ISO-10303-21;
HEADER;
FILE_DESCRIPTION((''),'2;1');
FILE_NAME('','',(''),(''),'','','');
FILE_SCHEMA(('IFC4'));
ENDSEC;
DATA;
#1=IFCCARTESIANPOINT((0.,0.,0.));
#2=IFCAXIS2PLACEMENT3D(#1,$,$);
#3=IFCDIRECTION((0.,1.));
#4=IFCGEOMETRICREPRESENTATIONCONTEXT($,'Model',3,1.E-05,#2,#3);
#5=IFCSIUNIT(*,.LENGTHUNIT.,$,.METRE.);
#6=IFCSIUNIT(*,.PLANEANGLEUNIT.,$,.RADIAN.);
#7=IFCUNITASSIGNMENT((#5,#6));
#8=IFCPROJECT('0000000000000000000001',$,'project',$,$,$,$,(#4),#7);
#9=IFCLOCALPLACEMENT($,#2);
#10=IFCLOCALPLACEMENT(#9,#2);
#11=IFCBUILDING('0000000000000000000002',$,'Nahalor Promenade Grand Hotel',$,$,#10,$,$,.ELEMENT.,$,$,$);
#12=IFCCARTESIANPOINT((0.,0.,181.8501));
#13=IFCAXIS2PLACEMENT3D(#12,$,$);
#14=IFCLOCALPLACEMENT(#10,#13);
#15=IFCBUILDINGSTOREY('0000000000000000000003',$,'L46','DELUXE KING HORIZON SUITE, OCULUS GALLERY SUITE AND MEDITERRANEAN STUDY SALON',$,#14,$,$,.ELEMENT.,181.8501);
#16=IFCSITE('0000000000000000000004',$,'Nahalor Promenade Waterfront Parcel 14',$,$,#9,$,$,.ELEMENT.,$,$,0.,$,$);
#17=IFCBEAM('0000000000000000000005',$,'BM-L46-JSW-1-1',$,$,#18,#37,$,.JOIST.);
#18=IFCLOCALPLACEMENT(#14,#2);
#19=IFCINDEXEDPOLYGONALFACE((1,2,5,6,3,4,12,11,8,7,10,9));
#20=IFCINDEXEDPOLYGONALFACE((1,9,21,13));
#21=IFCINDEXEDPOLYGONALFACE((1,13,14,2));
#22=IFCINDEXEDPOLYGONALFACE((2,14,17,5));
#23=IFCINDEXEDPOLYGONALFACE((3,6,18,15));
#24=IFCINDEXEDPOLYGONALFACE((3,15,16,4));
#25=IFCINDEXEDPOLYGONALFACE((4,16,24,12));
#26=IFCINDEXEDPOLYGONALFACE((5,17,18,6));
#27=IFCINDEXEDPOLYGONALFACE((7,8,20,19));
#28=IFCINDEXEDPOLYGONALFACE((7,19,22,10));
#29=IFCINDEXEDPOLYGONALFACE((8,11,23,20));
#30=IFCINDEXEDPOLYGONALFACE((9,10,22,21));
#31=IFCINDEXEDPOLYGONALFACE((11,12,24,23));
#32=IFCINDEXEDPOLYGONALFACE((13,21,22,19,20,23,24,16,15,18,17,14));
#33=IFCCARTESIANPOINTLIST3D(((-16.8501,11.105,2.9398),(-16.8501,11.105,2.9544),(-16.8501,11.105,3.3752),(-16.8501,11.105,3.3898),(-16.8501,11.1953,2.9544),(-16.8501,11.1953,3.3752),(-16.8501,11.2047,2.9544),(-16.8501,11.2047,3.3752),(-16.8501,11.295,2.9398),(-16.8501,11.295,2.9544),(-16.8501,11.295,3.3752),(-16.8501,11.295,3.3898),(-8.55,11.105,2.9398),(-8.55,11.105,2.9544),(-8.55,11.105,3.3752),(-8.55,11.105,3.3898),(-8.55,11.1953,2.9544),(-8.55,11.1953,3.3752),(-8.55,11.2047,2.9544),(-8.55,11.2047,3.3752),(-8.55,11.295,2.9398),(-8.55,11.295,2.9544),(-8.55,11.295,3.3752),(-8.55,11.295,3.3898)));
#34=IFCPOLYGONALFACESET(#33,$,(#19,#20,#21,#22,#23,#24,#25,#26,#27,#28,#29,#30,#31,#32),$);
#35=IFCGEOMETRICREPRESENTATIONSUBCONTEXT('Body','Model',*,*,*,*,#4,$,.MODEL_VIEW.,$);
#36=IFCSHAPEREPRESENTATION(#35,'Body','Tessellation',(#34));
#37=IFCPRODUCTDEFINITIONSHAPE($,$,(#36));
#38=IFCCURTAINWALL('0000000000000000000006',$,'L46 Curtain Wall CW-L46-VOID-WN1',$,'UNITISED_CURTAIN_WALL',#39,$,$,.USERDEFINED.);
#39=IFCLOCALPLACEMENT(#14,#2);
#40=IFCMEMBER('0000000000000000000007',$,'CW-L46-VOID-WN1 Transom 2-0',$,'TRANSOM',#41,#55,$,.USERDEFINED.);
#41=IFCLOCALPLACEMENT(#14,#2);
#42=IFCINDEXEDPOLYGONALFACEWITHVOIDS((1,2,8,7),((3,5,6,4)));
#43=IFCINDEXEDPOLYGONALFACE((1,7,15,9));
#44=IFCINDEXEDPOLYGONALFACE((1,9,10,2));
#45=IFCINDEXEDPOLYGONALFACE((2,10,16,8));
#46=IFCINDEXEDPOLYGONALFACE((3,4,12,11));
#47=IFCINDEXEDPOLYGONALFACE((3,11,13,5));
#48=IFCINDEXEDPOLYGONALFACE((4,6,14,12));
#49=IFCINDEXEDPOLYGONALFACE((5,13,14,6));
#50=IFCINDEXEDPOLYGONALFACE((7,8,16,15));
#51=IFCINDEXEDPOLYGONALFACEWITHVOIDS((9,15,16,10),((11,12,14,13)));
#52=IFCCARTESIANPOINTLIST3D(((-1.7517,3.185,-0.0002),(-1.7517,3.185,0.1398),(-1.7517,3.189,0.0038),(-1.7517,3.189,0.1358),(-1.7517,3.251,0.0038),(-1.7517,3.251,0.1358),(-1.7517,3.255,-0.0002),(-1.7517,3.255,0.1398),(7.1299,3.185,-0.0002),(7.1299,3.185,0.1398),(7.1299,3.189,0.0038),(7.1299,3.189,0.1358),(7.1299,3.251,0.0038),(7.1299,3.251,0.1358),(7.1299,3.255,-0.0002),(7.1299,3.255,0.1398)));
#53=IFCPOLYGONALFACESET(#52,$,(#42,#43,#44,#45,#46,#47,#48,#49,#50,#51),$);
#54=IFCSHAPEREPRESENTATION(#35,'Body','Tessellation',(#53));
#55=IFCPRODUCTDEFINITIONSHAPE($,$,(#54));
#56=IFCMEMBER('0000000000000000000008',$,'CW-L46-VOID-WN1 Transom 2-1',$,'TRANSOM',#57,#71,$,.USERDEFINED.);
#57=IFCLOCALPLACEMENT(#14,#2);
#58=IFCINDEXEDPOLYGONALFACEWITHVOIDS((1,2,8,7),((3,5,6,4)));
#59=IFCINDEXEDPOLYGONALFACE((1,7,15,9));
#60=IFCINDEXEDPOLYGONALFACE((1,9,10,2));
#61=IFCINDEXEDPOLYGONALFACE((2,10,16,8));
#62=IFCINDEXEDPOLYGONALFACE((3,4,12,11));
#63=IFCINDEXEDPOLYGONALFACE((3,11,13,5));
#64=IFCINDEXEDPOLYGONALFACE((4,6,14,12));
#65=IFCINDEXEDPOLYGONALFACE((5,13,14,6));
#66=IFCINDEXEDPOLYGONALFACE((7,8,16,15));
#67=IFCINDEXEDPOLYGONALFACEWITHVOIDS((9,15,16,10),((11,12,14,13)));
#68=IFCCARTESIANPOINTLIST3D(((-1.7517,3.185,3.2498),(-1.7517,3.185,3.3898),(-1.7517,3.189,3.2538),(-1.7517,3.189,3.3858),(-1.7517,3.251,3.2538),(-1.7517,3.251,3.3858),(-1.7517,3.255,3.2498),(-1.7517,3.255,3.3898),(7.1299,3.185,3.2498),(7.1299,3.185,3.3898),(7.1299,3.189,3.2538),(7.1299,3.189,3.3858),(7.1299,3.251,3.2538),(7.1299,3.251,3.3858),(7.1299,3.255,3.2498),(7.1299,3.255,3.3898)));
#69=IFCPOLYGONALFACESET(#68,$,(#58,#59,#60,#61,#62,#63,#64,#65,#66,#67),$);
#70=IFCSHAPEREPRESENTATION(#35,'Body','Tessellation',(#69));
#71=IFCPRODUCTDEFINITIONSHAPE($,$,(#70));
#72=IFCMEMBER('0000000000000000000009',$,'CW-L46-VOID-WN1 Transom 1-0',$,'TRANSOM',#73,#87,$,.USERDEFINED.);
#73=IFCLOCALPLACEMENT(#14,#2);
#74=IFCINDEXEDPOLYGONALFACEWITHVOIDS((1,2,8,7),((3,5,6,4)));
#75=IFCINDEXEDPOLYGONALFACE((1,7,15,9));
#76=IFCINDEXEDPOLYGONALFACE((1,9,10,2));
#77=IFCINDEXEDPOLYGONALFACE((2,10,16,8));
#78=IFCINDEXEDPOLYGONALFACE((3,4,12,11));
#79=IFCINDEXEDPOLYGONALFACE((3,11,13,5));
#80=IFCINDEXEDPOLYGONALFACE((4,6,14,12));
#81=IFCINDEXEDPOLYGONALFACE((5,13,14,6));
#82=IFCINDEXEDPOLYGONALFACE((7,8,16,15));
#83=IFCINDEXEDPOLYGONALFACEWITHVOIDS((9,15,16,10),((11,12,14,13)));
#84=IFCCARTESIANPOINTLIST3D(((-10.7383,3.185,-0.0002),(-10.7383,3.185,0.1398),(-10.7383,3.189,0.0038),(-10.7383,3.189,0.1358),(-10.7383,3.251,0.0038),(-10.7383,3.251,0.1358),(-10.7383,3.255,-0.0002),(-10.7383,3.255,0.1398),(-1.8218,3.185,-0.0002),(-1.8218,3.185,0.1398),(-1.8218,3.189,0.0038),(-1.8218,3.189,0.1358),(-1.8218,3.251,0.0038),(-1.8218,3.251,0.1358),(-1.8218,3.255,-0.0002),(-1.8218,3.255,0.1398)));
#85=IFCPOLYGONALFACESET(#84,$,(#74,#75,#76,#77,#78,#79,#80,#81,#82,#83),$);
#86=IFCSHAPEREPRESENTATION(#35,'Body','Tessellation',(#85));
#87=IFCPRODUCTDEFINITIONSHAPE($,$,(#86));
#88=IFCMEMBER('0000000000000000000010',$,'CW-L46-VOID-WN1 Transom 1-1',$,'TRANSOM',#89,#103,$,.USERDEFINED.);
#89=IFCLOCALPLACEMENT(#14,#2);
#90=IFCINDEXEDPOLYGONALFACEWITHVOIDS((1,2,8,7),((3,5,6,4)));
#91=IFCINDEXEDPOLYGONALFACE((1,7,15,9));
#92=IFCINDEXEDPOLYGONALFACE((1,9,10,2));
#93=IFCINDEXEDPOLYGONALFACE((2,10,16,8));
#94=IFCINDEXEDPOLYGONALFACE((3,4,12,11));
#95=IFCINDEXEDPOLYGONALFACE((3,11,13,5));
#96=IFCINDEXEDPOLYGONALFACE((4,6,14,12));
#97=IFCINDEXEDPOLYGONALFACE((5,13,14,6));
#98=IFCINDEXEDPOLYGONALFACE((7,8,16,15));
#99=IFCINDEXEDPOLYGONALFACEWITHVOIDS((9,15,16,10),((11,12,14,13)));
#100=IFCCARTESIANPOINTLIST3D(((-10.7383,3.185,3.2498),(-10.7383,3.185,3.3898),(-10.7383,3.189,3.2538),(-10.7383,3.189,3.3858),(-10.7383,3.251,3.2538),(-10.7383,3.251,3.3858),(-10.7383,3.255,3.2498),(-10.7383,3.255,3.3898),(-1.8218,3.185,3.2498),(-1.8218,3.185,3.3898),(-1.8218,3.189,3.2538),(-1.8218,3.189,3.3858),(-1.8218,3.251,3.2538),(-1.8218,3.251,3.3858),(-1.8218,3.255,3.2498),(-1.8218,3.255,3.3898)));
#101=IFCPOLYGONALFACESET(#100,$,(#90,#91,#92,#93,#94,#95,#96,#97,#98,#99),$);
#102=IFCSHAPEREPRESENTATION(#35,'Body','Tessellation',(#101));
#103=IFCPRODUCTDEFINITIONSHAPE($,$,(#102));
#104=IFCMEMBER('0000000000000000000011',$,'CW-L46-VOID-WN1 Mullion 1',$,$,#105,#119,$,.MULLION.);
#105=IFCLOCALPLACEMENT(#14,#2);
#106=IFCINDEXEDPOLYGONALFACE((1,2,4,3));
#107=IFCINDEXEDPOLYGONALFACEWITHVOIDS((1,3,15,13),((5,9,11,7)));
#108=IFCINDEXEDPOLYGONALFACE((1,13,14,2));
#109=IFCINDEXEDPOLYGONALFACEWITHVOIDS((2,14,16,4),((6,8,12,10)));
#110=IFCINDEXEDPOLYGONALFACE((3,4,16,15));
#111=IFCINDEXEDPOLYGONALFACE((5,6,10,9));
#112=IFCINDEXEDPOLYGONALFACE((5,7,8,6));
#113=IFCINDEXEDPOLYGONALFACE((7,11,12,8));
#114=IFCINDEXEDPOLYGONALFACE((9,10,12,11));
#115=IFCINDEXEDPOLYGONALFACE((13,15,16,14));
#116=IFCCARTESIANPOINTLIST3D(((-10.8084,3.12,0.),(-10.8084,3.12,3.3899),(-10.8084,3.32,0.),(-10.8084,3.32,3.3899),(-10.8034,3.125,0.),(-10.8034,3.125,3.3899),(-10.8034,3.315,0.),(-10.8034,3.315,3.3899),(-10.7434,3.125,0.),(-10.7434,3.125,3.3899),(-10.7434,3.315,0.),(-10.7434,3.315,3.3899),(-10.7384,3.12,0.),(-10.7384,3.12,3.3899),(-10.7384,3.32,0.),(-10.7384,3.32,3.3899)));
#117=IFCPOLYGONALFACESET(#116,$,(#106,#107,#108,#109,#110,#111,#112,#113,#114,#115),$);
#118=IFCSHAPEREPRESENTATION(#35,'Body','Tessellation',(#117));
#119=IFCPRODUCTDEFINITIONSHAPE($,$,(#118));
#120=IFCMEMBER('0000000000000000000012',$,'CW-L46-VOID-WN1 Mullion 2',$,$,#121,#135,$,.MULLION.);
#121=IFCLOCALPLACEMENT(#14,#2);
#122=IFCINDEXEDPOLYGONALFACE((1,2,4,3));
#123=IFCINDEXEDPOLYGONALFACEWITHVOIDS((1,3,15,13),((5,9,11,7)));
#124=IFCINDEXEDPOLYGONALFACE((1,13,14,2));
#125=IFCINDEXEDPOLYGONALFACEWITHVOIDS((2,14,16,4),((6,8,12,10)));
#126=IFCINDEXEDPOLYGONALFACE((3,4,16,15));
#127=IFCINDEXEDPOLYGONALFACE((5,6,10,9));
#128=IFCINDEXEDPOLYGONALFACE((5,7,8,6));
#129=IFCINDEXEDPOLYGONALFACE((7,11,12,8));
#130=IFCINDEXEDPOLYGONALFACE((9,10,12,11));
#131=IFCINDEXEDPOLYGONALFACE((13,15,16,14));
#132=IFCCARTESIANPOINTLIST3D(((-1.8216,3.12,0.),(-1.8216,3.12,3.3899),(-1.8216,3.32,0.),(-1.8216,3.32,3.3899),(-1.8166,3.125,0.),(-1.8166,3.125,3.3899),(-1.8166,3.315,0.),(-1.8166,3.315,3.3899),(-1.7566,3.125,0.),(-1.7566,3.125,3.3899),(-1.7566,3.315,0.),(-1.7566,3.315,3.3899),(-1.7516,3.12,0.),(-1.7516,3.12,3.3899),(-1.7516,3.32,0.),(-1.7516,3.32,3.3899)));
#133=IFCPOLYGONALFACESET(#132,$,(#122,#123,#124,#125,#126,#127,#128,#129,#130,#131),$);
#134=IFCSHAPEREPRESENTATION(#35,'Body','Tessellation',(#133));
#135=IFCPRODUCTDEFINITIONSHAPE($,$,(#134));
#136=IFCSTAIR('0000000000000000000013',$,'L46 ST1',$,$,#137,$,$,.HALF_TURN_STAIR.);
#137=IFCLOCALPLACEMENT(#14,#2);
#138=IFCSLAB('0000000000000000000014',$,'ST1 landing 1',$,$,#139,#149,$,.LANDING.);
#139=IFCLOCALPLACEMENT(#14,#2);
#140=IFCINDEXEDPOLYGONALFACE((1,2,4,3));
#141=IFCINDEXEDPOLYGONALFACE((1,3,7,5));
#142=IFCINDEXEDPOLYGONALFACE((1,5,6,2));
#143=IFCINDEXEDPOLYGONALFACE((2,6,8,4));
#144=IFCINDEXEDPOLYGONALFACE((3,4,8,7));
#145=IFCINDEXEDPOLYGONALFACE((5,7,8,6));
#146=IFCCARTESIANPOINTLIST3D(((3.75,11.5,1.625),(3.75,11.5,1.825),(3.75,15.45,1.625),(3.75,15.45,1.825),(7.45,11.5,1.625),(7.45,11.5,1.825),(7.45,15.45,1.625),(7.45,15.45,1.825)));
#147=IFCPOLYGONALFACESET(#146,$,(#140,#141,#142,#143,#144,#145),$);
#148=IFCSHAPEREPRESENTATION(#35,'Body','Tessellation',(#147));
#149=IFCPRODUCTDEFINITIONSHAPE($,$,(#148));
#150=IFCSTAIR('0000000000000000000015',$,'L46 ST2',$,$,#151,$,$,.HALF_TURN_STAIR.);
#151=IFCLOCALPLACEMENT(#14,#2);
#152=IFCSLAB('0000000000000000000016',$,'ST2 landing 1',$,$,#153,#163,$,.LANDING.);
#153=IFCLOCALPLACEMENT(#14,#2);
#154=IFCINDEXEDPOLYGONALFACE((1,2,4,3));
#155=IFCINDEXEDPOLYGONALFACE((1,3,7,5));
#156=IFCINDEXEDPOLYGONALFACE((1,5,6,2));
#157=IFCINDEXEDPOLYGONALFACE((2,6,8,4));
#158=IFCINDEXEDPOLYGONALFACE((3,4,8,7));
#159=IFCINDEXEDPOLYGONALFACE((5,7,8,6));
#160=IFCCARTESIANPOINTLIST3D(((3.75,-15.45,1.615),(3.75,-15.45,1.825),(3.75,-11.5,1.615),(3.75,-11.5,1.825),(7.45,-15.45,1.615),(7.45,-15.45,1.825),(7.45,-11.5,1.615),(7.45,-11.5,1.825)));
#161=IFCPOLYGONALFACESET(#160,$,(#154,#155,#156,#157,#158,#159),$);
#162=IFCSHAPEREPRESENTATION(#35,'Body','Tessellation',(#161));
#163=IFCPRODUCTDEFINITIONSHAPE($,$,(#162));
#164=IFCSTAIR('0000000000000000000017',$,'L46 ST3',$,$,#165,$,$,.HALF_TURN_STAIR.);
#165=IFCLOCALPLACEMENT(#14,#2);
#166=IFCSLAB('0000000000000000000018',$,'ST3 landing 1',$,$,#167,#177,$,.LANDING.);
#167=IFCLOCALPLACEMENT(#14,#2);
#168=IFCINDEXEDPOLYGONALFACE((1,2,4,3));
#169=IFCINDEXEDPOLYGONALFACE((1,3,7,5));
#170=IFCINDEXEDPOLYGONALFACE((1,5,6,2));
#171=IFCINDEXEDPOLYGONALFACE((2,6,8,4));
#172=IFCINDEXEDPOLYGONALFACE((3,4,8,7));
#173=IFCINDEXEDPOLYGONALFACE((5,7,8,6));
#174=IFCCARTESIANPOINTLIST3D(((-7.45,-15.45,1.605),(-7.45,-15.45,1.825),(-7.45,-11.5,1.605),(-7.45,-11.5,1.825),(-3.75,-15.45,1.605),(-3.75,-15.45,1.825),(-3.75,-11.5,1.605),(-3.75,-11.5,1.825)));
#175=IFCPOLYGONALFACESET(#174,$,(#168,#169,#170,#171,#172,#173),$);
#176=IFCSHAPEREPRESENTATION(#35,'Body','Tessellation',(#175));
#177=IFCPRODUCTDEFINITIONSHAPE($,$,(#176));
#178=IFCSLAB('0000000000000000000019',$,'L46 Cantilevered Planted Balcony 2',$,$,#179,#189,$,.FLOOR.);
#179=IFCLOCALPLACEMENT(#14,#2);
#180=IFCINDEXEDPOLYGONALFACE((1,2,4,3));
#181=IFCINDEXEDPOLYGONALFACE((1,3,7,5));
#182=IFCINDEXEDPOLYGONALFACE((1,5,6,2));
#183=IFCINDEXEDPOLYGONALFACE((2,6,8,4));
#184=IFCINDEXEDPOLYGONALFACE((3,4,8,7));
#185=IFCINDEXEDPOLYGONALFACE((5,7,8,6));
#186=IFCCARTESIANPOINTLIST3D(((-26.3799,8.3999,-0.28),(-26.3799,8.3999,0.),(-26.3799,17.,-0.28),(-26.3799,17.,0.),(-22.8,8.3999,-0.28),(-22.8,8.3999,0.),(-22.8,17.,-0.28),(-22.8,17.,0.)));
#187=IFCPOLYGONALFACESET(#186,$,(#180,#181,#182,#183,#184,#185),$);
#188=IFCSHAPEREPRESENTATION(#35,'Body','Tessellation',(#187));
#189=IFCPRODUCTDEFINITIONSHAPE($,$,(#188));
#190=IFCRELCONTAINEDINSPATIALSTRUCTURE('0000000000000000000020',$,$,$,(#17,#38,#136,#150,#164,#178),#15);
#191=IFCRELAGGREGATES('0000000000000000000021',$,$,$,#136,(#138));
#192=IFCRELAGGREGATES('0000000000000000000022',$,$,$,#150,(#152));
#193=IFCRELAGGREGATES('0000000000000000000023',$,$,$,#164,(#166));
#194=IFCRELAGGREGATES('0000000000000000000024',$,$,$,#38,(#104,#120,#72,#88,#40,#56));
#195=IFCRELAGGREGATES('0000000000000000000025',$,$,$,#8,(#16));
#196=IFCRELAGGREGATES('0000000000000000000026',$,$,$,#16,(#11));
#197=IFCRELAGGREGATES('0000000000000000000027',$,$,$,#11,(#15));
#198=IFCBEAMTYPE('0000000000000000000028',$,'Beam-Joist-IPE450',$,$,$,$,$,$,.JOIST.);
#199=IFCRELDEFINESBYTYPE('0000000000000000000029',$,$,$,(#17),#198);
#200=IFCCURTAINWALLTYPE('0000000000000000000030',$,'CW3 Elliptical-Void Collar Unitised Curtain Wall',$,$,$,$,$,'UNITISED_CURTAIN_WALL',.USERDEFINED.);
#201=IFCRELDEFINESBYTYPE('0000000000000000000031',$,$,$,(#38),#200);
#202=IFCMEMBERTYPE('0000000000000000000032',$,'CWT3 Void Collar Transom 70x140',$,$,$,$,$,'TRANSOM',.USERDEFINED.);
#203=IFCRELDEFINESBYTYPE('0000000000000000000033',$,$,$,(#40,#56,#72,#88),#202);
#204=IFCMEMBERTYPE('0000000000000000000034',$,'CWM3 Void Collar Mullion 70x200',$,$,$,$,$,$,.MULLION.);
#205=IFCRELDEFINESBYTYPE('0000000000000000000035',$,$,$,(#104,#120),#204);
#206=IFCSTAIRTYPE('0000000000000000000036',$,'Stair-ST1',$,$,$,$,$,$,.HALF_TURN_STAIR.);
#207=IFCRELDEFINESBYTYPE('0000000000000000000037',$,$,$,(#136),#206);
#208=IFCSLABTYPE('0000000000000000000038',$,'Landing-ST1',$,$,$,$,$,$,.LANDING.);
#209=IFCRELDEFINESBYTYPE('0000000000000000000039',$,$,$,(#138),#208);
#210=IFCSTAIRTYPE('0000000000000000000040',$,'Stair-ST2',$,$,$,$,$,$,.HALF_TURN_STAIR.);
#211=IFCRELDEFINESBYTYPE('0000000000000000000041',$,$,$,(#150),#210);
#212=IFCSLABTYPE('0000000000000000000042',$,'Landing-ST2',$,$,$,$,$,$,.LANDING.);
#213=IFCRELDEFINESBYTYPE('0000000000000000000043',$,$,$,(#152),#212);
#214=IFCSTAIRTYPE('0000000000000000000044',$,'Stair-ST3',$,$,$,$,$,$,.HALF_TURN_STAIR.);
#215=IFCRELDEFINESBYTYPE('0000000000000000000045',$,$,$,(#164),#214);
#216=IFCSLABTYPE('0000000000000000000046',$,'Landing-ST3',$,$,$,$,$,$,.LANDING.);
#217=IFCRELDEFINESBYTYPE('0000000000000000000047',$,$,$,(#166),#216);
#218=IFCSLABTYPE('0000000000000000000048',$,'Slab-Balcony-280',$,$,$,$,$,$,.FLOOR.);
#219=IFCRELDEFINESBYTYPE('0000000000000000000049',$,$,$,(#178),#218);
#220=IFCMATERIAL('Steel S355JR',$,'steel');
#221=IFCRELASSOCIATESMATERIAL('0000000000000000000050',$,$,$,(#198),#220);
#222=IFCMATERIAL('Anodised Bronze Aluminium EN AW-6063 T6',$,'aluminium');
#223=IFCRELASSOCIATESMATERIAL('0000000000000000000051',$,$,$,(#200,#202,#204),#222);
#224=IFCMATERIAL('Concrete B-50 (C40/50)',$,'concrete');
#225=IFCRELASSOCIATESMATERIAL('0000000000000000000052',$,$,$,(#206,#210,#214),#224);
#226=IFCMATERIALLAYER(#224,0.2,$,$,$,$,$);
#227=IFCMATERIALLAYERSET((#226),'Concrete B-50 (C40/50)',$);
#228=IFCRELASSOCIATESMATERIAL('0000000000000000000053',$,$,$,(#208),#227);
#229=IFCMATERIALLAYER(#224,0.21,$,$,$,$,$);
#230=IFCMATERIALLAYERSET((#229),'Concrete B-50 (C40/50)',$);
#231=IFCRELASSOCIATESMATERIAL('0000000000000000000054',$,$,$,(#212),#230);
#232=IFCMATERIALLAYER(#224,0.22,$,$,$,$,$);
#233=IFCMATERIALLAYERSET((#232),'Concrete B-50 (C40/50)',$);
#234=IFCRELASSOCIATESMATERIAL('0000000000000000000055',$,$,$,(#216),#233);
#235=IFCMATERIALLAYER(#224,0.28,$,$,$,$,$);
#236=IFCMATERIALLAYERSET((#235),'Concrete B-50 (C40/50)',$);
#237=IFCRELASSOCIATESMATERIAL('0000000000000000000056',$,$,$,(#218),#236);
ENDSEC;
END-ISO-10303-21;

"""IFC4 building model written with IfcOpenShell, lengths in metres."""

from ifc_helpers import new_model, si_unit, direction, frame, origin, origin_2d, place, context, subcontext, project, spatial, polyline, hollow_rectangle, i_section, outline, extrude, source, transform, mapped, material, layer, layer_set, material_profile, profile_set, type_object, element, aggregate, save


model = new_model("IFC4")

# Units and contexts
model_context = context("Model", 3, precision=1e-05, world=origin(), true_north=direction((0.0, 1.0)))
body_context = subcontext(model_context, "Body", "Model", "MODEL_VIEW")
ifc_project = project(units=[si_unit("LENGTHUNIT", "METRE"), si_unit("PLANEANGLEUNIT", "RADIAN")], contexts=[model_context])

# Site, building, storey
site_placement = place(None, origin())
site = spatial("IfcSite", under=ifc_project, at=site_placement, Name="Nahalor Promenade Waterfront Parcel 14", CompositionType="ELEMENT", RefElevation=0.0)
building_placement = place(site_placement, origin())
building = spatial("IfcBuilding", under=site, at=building_placement, Name="Nahalor Promenade Grand Hotel", CompositionType="ELEMENT")
storey_placement = place(building_placement, frame((0.0, 0.0, 181.8501)))
storey = spatial("IfcBuildingStorey", under=building, at=storey_placement, Name="L46", Description="DELUXE KING HORIZON SUITE, OCULUS GALLERY SUITE AND MEDITERRANEAN STUDY SALON", CompositionType="ELEMENT", Elevation=181.8501)

# Beam
ifc_material_1 = material(Name="Steel S355JR", Category="steel")
ifc_material_profile_1 = material_profile(ifc_material_1, i_section(OverallWidth=0.19, OverallDepth=0.45, WebThickness=0.0094, FlangeThickness=0.0146, at=origin_2d()), Name="IPE 450")
ifc_profile_set_1 = profile_set([ifc_material_profile_1], Name="Steel S355JR")
beam_type_1 = type_object("IfcBeamType", Name="Beam-Joist-IPE450", PredefinedType="JOIST", material=ifc_profile_set_1)
shared_shape_1 = source(origin(), body_context, "Body", "SweptSolid", [
    extrude(i_section(OverallWidth=0.19, OverallDepth=0.45, WebThickness=0.0094, FlangeThickness=0.0146, at=origin_2d()), origin(), (0.0, 0.0, 1.0), 8.3),
])
beam_1_placement = place(storey_placement, frame((-16.8501, 11.2, 3.1648), z_axis=(1.0, 0.0, 0.0), x_axis=(0.0, 1.0, 0.0)))
element("IfcBeam", 1, at=beam_1_placement, inside=storey, type_object=beam_type_1, Name="BM-L46-JSW-1-1", PredefinedType="JOIST", context=body_context, shape_type="MappedRepresentation", body=[
    mapped(shared_shape_1, transform((0.0, 0.0, 0.0), scale=1.0)),
])

# Curtain wall, members
ifc_material_2 = material(Name="Anodised Bronze Aluminium EN AW-6063 T6", Category="aluminium")
curtain_wall_type = type_object("IfcCurtainWallType", Name="CW3 Elliptical-Void Collar Unitised Curtain Wall", ElementType="UNITISED_CURTAIN_WALL", PredefinedType="USERDEFINED", material=ifc_material_2)
curtain_wall_placement = place(storey_placement, origin())
curtain_wall = element("IfcCurtainWall", 2, at=curtain_wall_placement, inside=storey, type_object=curtain_wall_type, Name="L46 Curtain Wall CW-L46-VOID-WN1", ObjectType="UNITISED_CURTAIN_WALL", PredefinedType="USERDEFINED")
ifc_material_profile_2 = material_profile(ifc_material_2, hollow_rectangle(XDim=0.07, YDim=0.14, WallThickness=0.004, at=origin_2d()), Name="CWT 70x140x4")
ifc_profile_set_2 = profile_set([ifc_material_profile_2], Name="Anodised Bronze Aluminium EN AW-6063 T6")
member_type_1 = type_object("IfcMemberType", Name="CWT3 Void Collar Transom 70x140", ElementType="TRANSOM", PredefinedType="USERDEFINED", material=ifc_profile_set_2)
shared_shape_2 = source(origin(), body_context, "Body", "SweptSolid", [
    extrude(hollow_rectangle(XDim=0.07, YDim=0.14, WallThickness=0.004, at=origin_2d()), origin(), (0.0, 0.0, 1.0), 8.8816),
])
member_1_placement = place(storey_placement, frame((-1.7517, 3.22, 0.0698), z_axis=(1.0, 0.0, 0.0), x_axis=(0.0, 1.0, 0.0)))
member_1 = element("IfcMember", 3, at=member_1_placement, type_object=member_type_1, Name="CW-L46-VOID-WN1 Transom 2-0", ObjectType="TRANSOM", PredefinedType="USERDEFINED", context=body_context, shape_type="MappedRepresentation", body=[
    mapped(shared_shape_2, transform((0.0, 0.0, 0.0), scale=1.0)),
])
member_2_placement = place(storey_placement, frame((-1.7517, 3.22, 3.3198), z_axis=(1.0, 0.0, 0.0), x_axis=(0.0, 1.0, 0.0)))
member_2 = element("IfcMember", 4, at=member_2_placement, type_object=member_type_1, Name="CW-L46-VOID-WN1 Transom 2-1", ObjectType="TRANSOM", PredefinedType="USERDEFINED", context=body_context, shape_type="MappedRepresentation", body=[
    mapped(shared_shape_2, transform((0.0, 0.0, 0.0), scale=1.0)),
])
shared_shape_3 = source(origin(), body_context, "Body", "SweptSolid", [
    extrude(hollow_rectangle(XDim=0.07, YDim=0.14, WallThickness=0.004, at=origin_2d()), origin(), (0.0, 0.0, 1.0), 8.9165),
])
member_3_placement = place(storey_placement, frame((-10.7383, 3.22, 0.0698), z_axis=(1.0, 0.0, 0.0), x_axis=(0.0, 1.0, 0.0)))
member_3 = element("IfcMember", 5, at=member_3_placement, type_object=member_type_1, Name="CW-L46-VOID-WN1 Transom 1-0", ObjectType="TRANSOM", PredefinedType="USERDEFINED", context=body_context, shape_type="MappedRepresentation", body=[
    mapped(shared_shape_3, transform((0.0, 0.0, 0.0), scale=1.0)),
])
member_4_placement = place(storey_placement, frame((-10.7383, 3.22, 3.3198), z_axis=(1.0, 0.0, 0.0), x_axis=(0.0, 1.0, 0.0)))
member_4 = element("IfcMember", 6, at=member_4_placement, type_object=member_type_1, Name="CW-L46-VOID-WN1 Transom 1-1", ObjectType="TRANSOM", PredefinedType="USERDEFINED", context=body_context, shape_type="MappedRepresentation", body=[
    mapped(shared_shape_3, transform((0.0, 0.0, 0.0), scale=1.0)),
])
ifc_material_profile_3 = material_profile(ifc_material_2, hollow_rectangle(XDim=0.07, YDim=0.2, WallThickness=0.005, at=origin_2d()), Name="CWM 70x200x5")
ifc_profile_set_3 = profile_set([ifc_material_profile_3], Name="Anodised Bronze Aluminium EN AW-6063 T6")
member_type_2 = type_object("IfcMemberType", Name="CWM3 Void Collar Mullion 70x200", PredefinedType="MULLION", material=ifc_profile_set_3)
shared_shape_4 = source(origin(), body_context, "Body", "SweptSolid", [
    extrude(hollow_rectangle(XDim=0.07, YDim=0.2, WallThickness=0.005, at=origin_2d()), origin(), (0.0, 0.0, 1.0), 3.3899),
])
member_5_placement = place(storey_placement, frame((-10.7734, 3.22, 0.0), z_axis=(0.0, 0.0, 1.0), x_axis=(1.0, 0.0, 0.0)))
member_5 = element("IfcMember", 7, at=member_5_placement, type_object=member_type_2, Name="CW-L46-VOID-WN1 Mullion 1", PredefinedType="MULLION", context=body_context, shape_type="MappedRepresentation", body=[
    mapped(shared_shape_4, transform((0.0, 0.0, 0.0), scale=1.0)),
])
member_6_placement = place(storey_placement, frame((-1.7866, 3.22, 0.0), z_axis=(0.0, 0.0, 1.0), x_axis=(1.0, 0.0, 0.0)))
member_6 = element("IfcMember", 8, at=member_6_placement, type_object=member_type_2, Name="CW-L46-VOID-WN1 Mullion 2", PredefinedType="MULLION", context=body_context, shape_type="MappedRepresentation", body=[
    mapped(shared_shape_4, transform((0.0, 0.0, 0.0), scale=1.0)),
])

# Stairs, slabs
ifc_material_3 = material(Name="Concrete B-50 (C40/50)", Category="concrete")
stair_type_1 = type_object("IfcStairType", Name="Stair-ST1", PredefinedType="HALF_TURN_STAIR", material=ifc_material_3)
stair_1_placement = place(storey_placement, origin())
stair_1 = element("IfcStair", 9, at=stair_1_placement, inside=storey, type_object=stair_type_1, Name="L46 ST1", PredefinedType="HALF_TURN_STAIR")
ifc_layer_1 = layer(ifc_material_3, 0.2)
ifc_layer_set_1 = layer_set([ifc_layer_1], Name="Concrete B-50 (C40/50)")
slab_type_1 = type_object("IfcSlabType", Name="Landing-ST1", PredefinedType="LANDING", material=ifc_layer_set_1)
slab_1_placement = place(storey_placement, frame((0.0, 0.0, 1.625)))
slab_1 = element("IfcSlab", 10, at=slab_1_placement, type_object=slab_type_1, Name="ST1 landing 1", PredefinedType="LANDING", context=body_context, shape_type="SweptSolid", body=[
    extrude(outline(polyline([(7.45, 11.5), (7.45, 15.45), (3.75, 15.45), (3.75, 11.5), (7.45, 11.5)])), origin(), (0.0, 0.0, 1.0), 0.2),
])
aggregate(stair_1, [slab_1])
stair_type_2 = type_object("IfcStairType", Name="Stair-ST2", PredefinedType="HALF_TURN_STAIR", material=ifc_material_3)
stair_2_placement = place(storey_placement, origin())
stair_2 = element("IfcStair", 11, at=stair_2_placement, inside=storey, type_object=stair_type_2, Name="L46 ST2", PredefinedType="HALF_TURN_STAIR")
ifc_layer_2 = layer(ifc_material_3, 0.21)
ifc_layer_set_2 = layer_set([ifc_layer_2], Name="Concrete B-50 (C40/50)")
slab_type_2 = type_object("IfcSlabType", Name="Landing-ST2", PredefinedType="LANDING", material=ifc_layer_set_2)
slab_2_placement = place(storey_placement, frame((0.0, 0.0, 1.615)))
slab_2 = element("IfcSlab", 12, at=slab_2_placement, type_object=slab_type_2, Name="ST2 landing 1", PredefinedType="LANDING", context=body_context, shape_type="SweptSolid", body=[
    extrude(outline(polyline([(3.75, -11.5), (3.75, -15.45), (7.45, -15.45), (7.45, -11.5), (3.75, -11.5)])), origin(), (0.0, 0.0, 1.0), 0.21),
])
aggregate(stair_2, [slab_2])
stair_type_3 = type_object("IfcStairType", Name="Stair-ST3", PredefinedType="HALF_TURN_STAIR", material=ifc_material_3)
stair_3_placement = place(storey_placement, origin())
stair_3 = element("IfcStair", 13, at=stair_3_placement, inside=storey, type_object=stair_type_3, Name="L46 ST3", PredefinedType="HALF_TURN_STAIR")
ifc_layer_3 = layer(ifc_material_3, 0.22)
ifc_layer_set_3 = layer_set([ifc_layer_3], Name="Concrete B-50 (C40/50)")
slab_type_3 = type_object("IfcSlabType", Name="Landing-ST3", PredefinedType="LANDING", material=ifc_layer_set_3)
slab_3_placement = place(storey_placement, frame((0.0, 0.0, 1.605)))
slab_3 = element("IfcSlab", 14, at=slab_3_placement, type_object=slab_type_3, Name="ST3 landing 1", PredefinedType="LANDING", context=body_context, shape_type="SweptSolid", body=[
    extrude(outline(polyline([(-7.45, -11.5), (-7.45, -15.45), (-3.75, -15.45), (-3.75, -11.5), (-7.45, -11.5)])), origin(), (0.0, 0.0, 1.0), 0.22),
])
aggregate(stair_3, [slab_3])

# Slab
ifc_layer_4 = layer(ifc_material_3, 0.28)
ifc_layer_set_4 = layer_set([ifc_layer_4], Name="Concrete B-50 (C40/50)")
slab_type_4 = type_object("IfcSlabType", Name="Slab-Balcony-280", PredefinedType="FLOOR", material=ifc_layer_set_4)
slab_4_placement = place(storey_placement, frame((0.0, 0.0, -0.28)))
element("IfcSlab", 15, at=slab_4_placement, inside=storey, type_object=slab_type_4, Name="L46 Cantilevered Planted Balcony 2", PredefinedType="FLOOR", context=body_context, shape_type="SweptSolid", body=[
    extrude(outline(polyline([(-26.3799, 8.3999), (-22.8, 8.3999), (-22.8, 17.0), (-26.3799, 17.0), (-26.3799, 8.3999)])), origin(), (0.0, 0.0, 1.0), 0.28),
])

aggregate(curtain_wall, [member_5, member_6, member_3, member_4, member_1, member_2])

save(model, "model.ifc")
